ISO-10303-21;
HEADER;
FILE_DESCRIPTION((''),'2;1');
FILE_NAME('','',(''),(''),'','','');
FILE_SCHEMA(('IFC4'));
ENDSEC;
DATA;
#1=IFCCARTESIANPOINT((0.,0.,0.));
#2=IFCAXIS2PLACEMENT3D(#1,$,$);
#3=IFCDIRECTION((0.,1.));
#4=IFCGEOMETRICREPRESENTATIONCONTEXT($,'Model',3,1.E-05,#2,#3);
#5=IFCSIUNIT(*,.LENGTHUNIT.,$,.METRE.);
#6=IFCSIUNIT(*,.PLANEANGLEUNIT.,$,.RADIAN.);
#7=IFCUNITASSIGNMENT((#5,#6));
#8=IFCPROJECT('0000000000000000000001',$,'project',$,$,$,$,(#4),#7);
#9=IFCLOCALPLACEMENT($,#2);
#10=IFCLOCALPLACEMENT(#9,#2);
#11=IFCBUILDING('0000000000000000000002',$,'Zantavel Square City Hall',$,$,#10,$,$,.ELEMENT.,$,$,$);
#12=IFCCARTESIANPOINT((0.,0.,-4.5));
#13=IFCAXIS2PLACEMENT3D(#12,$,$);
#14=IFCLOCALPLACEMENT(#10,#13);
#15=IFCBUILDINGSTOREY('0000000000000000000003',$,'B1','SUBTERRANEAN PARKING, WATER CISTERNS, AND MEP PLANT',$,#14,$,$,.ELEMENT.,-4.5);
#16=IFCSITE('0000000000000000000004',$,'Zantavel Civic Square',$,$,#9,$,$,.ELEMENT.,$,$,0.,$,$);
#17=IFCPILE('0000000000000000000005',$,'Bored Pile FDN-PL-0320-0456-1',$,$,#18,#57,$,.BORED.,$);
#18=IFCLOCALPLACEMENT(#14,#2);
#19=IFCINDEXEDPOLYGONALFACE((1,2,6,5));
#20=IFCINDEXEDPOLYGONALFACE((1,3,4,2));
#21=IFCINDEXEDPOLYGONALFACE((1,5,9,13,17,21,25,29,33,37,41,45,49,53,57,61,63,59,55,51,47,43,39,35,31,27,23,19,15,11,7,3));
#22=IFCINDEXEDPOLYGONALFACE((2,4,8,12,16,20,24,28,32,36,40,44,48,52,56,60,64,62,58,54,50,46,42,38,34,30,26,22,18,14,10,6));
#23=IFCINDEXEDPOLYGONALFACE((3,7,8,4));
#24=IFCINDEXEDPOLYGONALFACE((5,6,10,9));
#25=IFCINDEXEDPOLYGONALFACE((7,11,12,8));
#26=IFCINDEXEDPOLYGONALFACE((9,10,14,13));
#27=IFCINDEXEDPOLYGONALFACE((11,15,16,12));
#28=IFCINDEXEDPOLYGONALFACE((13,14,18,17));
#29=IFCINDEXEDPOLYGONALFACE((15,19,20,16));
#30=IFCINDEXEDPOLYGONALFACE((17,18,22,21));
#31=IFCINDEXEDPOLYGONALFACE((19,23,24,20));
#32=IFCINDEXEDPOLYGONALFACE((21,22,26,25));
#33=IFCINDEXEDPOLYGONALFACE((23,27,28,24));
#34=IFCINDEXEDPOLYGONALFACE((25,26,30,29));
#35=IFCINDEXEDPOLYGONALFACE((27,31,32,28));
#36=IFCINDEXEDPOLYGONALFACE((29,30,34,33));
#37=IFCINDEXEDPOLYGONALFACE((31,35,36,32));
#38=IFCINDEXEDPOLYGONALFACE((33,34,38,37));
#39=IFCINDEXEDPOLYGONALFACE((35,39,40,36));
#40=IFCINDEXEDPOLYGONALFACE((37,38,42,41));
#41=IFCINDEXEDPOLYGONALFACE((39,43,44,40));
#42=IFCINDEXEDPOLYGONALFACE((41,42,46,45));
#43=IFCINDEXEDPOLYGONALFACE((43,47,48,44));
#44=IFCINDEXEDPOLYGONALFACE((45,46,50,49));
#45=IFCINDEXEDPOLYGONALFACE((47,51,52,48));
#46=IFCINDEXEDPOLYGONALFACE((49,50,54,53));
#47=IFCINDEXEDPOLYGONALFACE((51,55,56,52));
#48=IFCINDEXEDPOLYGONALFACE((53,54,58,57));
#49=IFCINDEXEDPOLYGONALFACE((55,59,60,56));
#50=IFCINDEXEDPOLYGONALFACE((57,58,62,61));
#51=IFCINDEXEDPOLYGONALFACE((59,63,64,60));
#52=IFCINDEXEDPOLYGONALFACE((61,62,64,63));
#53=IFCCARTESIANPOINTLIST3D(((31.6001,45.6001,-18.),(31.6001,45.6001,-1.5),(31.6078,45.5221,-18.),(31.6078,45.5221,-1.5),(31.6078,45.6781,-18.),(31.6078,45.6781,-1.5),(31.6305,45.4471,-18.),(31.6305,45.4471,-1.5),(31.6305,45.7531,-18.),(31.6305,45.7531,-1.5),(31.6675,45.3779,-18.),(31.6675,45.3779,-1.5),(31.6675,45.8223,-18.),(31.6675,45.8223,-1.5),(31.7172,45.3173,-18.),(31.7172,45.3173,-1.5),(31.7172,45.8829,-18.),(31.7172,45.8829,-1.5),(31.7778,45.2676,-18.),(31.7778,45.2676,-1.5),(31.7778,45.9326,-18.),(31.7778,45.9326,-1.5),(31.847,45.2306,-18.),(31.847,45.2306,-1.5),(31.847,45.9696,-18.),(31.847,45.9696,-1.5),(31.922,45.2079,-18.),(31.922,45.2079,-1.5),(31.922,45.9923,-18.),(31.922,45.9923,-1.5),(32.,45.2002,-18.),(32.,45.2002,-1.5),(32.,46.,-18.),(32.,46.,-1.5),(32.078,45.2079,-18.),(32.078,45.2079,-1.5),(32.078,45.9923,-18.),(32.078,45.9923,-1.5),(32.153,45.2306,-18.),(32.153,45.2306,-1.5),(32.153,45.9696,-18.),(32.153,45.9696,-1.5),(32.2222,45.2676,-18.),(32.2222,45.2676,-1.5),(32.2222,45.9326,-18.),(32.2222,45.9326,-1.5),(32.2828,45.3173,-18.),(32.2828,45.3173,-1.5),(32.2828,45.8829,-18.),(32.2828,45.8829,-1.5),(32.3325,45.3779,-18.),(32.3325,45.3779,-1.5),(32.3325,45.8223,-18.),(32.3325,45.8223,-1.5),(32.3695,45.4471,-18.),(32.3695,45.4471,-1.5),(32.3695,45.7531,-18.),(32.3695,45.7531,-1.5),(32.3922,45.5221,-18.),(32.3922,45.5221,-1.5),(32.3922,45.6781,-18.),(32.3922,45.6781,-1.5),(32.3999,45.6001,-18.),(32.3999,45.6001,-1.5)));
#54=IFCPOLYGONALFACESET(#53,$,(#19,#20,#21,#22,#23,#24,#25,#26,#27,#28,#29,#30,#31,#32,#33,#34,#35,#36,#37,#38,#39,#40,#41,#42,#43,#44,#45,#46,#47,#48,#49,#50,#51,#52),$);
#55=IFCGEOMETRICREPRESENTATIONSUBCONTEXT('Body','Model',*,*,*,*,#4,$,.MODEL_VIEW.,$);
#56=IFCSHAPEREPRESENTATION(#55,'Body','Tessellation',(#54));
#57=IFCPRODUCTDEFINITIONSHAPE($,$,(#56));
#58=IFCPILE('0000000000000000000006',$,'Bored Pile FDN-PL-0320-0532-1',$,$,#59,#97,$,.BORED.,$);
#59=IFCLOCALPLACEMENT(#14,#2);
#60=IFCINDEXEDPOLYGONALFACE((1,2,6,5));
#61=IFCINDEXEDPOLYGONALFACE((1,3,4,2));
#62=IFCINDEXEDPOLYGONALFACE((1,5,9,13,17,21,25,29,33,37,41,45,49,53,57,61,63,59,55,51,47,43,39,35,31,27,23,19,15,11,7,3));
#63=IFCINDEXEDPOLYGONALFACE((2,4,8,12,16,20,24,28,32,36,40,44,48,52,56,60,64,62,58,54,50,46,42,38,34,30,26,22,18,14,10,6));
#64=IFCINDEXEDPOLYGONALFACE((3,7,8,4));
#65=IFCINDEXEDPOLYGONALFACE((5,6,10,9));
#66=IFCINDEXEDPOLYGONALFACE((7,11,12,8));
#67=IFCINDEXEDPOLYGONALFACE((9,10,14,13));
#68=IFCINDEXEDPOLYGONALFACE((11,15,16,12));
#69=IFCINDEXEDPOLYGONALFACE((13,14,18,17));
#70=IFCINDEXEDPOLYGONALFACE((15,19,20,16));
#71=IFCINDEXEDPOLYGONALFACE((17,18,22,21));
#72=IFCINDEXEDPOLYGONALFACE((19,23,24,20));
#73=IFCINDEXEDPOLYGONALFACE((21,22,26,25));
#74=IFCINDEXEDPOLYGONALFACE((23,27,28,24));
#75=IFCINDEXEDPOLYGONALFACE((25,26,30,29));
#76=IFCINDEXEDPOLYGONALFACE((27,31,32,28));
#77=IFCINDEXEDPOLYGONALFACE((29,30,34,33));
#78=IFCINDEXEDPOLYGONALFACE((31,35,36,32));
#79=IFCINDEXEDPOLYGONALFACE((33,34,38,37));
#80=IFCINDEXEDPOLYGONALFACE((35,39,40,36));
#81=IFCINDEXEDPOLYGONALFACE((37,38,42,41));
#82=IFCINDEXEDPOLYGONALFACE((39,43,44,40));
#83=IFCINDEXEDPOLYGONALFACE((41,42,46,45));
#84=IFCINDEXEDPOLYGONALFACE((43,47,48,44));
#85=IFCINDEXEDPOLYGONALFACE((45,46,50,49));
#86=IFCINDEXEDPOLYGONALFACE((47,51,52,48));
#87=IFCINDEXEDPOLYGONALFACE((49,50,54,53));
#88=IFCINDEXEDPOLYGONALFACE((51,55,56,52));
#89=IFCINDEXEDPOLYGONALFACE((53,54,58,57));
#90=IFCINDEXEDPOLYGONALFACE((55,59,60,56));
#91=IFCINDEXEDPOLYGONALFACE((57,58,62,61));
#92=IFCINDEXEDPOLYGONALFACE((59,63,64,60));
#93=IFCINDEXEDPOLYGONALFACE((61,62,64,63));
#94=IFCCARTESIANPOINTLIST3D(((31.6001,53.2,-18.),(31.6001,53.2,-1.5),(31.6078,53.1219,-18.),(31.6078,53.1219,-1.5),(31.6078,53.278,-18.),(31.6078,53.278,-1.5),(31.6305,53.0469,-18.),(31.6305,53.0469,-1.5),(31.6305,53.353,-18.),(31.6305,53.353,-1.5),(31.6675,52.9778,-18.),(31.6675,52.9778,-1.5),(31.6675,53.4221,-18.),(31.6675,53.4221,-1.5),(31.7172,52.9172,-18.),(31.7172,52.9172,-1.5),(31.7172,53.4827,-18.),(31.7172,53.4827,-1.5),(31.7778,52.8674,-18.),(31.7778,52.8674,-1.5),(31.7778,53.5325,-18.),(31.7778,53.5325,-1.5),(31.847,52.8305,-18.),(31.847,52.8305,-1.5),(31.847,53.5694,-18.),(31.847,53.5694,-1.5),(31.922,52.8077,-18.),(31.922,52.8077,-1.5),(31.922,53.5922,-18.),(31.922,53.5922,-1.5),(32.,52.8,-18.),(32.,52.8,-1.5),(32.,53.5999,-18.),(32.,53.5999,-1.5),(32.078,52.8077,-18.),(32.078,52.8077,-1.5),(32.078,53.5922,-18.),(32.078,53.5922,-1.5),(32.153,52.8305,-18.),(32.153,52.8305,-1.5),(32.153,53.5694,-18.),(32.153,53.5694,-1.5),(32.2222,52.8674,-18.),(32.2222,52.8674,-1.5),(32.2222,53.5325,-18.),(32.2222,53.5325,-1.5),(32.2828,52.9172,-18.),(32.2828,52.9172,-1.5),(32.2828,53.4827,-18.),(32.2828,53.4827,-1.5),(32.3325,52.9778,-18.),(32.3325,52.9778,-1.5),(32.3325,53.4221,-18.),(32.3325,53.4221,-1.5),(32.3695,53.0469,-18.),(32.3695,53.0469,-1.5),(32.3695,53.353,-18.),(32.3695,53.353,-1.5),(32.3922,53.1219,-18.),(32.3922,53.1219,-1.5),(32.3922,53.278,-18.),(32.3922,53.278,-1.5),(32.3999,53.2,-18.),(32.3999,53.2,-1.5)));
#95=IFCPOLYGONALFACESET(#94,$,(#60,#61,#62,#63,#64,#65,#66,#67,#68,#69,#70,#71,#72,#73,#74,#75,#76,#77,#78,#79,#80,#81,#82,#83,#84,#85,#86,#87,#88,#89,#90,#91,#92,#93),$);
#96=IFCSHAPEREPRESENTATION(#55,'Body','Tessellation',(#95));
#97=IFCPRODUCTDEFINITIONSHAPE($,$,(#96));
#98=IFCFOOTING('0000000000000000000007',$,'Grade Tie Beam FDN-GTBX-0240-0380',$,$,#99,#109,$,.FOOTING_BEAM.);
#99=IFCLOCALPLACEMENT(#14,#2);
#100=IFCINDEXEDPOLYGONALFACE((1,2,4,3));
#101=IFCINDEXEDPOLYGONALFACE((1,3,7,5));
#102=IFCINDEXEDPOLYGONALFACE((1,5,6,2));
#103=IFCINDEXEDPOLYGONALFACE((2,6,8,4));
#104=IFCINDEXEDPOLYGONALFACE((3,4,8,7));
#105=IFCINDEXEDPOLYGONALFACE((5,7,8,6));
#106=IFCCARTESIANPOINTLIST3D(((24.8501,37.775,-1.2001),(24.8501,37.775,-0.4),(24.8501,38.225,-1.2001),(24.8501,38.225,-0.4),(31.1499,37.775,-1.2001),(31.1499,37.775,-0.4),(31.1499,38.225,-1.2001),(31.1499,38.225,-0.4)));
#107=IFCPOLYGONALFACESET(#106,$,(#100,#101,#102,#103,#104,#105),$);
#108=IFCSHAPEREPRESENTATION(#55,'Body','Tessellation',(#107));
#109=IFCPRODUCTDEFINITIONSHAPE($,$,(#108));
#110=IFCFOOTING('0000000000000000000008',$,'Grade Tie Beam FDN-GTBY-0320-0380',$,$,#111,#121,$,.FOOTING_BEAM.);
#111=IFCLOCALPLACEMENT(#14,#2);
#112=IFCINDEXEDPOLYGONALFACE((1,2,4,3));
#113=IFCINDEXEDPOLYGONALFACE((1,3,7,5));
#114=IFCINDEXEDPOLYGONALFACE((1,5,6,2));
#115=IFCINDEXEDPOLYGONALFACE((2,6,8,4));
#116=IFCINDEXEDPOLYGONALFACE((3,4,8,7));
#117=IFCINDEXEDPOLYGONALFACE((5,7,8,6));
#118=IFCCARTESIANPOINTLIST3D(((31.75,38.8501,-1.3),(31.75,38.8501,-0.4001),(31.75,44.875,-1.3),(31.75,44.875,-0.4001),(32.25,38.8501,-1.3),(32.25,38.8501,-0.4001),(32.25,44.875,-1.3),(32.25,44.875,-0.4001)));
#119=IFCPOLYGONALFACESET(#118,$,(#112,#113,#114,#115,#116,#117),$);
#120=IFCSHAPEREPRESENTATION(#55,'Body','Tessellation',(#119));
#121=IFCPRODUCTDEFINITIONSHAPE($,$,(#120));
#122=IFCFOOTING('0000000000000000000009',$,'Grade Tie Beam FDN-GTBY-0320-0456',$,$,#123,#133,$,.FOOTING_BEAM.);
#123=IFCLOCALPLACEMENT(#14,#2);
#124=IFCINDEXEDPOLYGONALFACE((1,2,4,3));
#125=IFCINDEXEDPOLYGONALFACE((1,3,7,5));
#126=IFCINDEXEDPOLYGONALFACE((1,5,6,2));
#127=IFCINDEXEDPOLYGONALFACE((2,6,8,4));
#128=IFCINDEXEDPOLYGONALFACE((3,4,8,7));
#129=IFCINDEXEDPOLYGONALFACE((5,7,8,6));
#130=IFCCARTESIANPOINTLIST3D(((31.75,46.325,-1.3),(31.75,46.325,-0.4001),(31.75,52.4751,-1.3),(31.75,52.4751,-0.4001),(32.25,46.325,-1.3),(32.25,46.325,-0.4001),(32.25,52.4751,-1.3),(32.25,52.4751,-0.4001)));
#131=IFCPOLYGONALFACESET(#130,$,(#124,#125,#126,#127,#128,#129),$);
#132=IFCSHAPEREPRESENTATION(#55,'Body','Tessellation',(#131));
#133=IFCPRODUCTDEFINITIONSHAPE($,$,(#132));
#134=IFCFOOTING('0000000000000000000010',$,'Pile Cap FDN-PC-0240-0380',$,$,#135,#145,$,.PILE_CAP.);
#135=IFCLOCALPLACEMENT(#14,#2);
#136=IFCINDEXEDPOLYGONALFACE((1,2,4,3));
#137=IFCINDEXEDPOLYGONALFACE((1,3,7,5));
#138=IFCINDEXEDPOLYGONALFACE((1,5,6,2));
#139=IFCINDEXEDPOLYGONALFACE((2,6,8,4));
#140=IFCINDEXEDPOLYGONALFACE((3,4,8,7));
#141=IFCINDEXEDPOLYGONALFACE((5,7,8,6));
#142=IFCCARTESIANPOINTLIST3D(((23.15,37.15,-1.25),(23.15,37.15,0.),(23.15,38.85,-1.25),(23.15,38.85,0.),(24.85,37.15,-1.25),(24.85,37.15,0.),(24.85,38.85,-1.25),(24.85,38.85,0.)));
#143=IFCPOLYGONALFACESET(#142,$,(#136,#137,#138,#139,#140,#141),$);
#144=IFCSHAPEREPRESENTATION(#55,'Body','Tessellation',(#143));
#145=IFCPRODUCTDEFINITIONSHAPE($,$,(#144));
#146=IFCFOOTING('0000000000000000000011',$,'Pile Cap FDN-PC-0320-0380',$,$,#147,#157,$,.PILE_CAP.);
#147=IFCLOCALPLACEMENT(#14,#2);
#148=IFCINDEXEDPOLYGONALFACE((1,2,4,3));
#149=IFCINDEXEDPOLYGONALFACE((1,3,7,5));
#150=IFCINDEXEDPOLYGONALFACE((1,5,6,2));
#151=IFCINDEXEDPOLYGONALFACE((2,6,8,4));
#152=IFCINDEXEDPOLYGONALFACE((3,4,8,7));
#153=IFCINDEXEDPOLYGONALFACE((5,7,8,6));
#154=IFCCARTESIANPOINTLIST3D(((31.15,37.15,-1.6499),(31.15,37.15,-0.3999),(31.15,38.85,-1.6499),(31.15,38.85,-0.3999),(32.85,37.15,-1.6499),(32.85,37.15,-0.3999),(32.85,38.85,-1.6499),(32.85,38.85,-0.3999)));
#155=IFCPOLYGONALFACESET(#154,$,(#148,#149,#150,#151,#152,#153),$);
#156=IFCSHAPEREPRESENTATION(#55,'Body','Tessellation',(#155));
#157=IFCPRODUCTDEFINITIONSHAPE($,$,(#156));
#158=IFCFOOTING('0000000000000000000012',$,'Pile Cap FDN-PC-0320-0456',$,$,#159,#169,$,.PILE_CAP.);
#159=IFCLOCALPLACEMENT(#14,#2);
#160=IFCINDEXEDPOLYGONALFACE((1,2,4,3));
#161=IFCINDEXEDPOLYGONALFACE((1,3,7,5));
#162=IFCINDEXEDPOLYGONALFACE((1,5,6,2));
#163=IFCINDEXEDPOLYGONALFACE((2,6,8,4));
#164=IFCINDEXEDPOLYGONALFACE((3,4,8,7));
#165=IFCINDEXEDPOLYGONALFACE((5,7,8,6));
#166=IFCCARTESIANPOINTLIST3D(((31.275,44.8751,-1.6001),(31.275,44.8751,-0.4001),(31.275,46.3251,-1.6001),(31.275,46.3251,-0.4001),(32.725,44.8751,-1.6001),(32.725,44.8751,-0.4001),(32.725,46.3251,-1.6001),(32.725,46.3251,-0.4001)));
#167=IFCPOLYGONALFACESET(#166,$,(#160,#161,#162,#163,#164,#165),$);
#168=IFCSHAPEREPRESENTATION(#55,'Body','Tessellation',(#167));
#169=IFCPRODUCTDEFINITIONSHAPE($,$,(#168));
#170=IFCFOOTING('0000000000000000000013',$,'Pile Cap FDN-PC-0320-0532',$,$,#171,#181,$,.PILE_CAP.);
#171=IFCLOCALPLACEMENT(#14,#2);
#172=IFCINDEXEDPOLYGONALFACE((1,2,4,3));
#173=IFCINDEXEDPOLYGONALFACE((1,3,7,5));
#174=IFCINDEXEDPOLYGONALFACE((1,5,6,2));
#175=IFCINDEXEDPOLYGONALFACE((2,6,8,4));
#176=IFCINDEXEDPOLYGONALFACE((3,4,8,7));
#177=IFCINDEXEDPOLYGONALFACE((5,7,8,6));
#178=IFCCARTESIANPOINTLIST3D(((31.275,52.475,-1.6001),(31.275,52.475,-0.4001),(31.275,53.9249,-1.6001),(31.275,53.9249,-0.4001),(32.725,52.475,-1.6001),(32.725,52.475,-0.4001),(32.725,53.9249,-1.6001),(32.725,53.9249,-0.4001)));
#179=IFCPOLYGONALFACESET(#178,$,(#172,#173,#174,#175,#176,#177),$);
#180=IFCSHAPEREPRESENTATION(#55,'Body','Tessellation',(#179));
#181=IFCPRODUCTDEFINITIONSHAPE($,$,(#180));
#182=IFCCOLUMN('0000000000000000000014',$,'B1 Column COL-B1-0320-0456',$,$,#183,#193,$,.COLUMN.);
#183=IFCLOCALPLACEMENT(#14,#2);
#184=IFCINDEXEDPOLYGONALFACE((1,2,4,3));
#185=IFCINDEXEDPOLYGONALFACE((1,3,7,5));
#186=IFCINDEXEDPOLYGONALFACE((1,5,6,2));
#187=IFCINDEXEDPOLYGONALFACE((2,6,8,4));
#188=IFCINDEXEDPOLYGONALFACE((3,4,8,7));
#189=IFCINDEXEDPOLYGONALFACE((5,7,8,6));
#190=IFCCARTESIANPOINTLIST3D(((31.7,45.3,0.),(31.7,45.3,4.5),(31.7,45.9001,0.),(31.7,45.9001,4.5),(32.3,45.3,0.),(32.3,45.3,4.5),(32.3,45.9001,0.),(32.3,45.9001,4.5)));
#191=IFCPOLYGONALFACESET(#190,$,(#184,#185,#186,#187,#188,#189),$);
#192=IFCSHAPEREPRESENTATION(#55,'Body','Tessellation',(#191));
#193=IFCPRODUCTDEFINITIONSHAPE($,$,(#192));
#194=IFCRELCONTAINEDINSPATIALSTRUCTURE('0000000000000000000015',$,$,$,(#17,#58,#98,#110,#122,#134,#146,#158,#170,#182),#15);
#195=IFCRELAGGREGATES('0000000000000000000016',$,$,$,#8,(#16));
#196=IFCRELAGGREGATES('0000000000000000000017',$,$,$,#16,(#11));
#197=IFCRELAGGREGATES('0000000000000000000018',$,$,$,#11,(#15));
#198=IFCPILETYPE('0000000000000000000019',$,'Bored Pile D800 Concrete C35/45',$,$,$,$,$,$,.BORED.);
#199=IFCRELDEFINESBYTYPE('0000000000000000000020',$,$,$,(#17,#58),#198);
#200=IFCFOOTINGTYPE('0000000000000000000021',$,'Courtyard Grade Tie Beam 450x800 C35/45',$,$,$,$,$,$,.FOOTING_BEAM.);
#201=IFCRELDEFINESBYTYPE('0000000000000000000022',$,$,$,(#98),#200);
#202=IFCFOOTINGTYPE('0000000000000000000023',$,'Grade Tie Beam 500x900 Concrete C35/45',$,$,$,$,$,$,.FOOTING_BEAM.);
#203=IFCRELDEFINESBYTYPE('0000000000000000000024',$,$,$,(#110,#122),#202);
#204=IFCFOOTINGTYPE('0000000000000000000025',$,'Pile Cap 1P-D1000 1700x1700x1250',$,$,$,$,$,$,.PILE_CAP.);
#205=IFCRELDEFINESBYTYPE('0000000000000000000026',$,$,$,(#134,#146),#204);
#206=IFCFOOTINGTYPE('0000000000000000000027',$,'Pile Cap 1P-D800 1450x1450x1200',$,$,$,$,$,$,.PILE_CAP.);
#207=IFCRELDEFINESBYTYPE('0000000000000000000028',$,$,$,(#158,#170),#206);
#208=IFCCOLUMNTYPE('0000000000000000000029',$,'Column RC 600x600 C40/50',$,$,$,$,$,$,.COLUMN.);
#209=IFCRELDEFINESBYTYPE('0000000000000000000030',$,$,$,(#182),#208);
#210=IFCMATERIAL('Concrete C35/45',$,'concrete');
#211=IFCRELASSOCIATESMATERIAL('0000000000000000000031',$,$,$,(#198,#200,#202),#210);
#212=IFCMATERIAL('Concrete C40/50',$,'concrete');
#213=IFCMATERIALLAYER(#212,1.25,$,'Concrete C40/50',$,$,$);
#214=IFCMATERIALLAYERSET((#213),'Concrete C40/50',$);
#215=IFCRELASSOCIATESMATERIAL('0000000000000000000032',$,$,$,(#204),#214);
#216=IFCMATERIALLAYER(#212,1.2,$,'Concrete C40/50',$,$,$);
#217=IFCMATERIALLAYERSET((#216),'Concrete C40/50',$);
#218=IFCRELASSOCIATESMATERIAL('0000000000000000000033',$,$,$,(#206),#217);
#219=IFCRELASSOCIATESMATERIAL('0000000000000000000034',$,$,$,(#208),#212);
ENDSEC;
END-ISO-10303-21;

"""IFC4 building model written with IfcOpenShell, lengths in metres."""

from ifc_helpers import new_model, si_unit, direction, frame, origin, origin_2d, place, context, subcontext, project, spatial, rectangle, circle, extrude, material, layer, layer_set, material_profile, profile_set, type_object, element, save


model = new_model("IFC4")

# Units and contexts
model_context = context("Model", 3, precision=1e-05, world=origin(), true_north=direction((0.0, 1.0)))
body_context = subcontext(model_context, "Body", "Model", "MODEL_VIEW")
ifc_project = project(units=[si_unit("LENGTHUNIT", "METRE"), si_unit("PLANEANGLEUNIT", "RADIAN")], contexts=[model_context])

# Site, building, storey
site_placement = place(None, origin())
site = spatial("IfcSite", under=ifc_project, at=site_placement, Name="Zantavel Civic Square", CompositionType="ELEMENT", RefElevation=0.0)
building_placement = place(site_placement, origin())
building = spatial("IfcBuilding", under=site, at=building_placement, Name="Zantavel Square City Hall", CompositionType="ELEMENT")
storey_placement = place(building_placement, frame((0.0, 0.0, -4.5)))
storey = spatial("IfcBuildingStorey", under=building, at=storey_placement, Name="B1", Description="SUBTERRANEAN PARKING, WATER CISTERNS, AND MEP PLANT", CompositionType="ELEMENT", Elevation=-4.5)

# Piles
ifc_material_1 = material(Name="Concrete C35/45", Category="concrete")
ifc_material_profile_1 = material_profile(ifc_material_1, circle(Radius=0.3999, at=origin_2d()), Name="PILE D800")
ifc_profile_set_1 = profile_set([ifc_material_profile_1], Name="Concrete C35/45")
pile_type_1 = type_object("IfcPileType", Name="Bored Pile D800 Concrete C35/45", PredefinedType="BORED", material=ifc_profile_set_1)
for number, where, z_axis, x_axis, name in (
    (1, (32.0, 45.6001, -1.5), (0.0, 0.0, -1.0), (1.0, 0.0, 0.0), "Bored Pile FDN-PL-0320-0456-1"),
    (2, (32.0, 53.2, -1.5), (0.0, 0.0, -1.0), (1.0, 0.0, 0.0), "Bored Pile FDN-PL-0320-0532-1"),
):
    element("IfcPile", number, at=place(storey_placement, frame(where, z_axis=z_axis, x_axis=x_axis)), inside=storey, type_object=pile_type_1, Name=name, PredefinedType="BORED", context=body_context, shape_type="SweptSolid", body=[
        extrude(circle(Radius=0.3999, at=origin_2d()), origin(), (0.0, 0.0, 1.0), 16.5),
    ])

# Footings
ifc_material_profile_2 = material_profile(ifc_material_1, rectangle(XDim=0.45, YDim=0.8, at=origin_2d()), Name="RC 450x800")
ifc_profile_set_2 = profile_set([ifc_material_profile_2], Name="Concrete C35/45")
footing_type_1 = type_object("IfcFootingType", Name="Courtyard Grade Tie Beam 450x800 C35/45", PredefinedType="FOOTING_BEAM", material=ifc_profile_set_2)
footing_1_placement = place(storey_placement, frame((24.8501, 38.0, -0.8), z_axis=(1.0, 0.0, 0.0), x_axis=(0.0, 1.0, 0.0)))
element("IfcFooting", 3, at=footing_1_placement, inside=storey, type_object=footing_type_1, Name="Grade Tie Beam FDN-GTBX-0240-0380", PredefinedType="FOOTING_BEAM", context=body_context, shape_type="SweptSolid", body=[
    extrude(rectangle(XDim=0.45, YDim=0.8, at=origin_2d()), origin(), (0.0, 0.0, 1.0), 6.2998),
])
ifc_material_profile_3 = material_profile(ifc_material_1, rectangle(XDim=0.5, YDim=0.8999, at=origin_2d()), Name="RC 500x900")
ifc_profile_set_3 = profile_set([ifc_material_profile_3], Name="Concrete C35/45")
footing_type_2 = type_object("IfcFootingType", Name="Grade Tie Beam 500x900 Concrete C35/45", PredefinedType="FOOTING_BEAM", material=ifc_profile_set_3)
footing_2_placement = place(storey_placement, frame((32.0, 38.8501, -0.8501), z_axis=(0.0, 1.0, 0.0), x_axis=(-1.0, 0.0, 0.0)))
element("IfcFooting", 4, at=footing_2_placement, inside=storey, type_object=footing_type_2, Name="Grade Tie Beam FDN-GTBY-0320-0380", PredefinedType="FOOTING_BEAM", context=body_context, shape_type="SweptSolid", body=[
    extrude(rectangle(XDim=0.5, YDim=0.8999, at=origin_2d()), origin(), (0.0, 0.0, 1.0), 6.0249),
])
footing_3_placement = place(storey_placement, frame((32.0, 46.325, -0.8501), z_axis=(0.0, 1.0, 0.0), x_axis=(-1.0, 0.0, 0.0)))
element("IfcFooting", 5, at=footing_3_placement, inside=storey, type_object=footing_type_2, Name="Grade Tie Beam FDN-GTBY-0320-0456", PredefinedType="FOOTING_BEAM", context=body_context, shape_type="SweptSolid", body=[
    extrude(rectangle(XDim=0.5, YDim=0.8999, at=origin_2d()), origin(), (0.0, 0.0, 1.0), 6.1501),
])
ifc_material_2 = material(Name="Concrete C40/50", Category="concrete")
ifc_layer_1 = layer(ifc_material_2, 1.25, Name="Concrete C40/50")
ifc_layer_set_1 = layer_set([ifc_layer_1], Name="Concrete C40/50")
footing_type_3 = type_object("IfcFootingType", Name="Pile Cap 1P-D1000 1700x1700x1250", PredefinedType="PILE_CAP", material=ifc_layer_set_1)
for number, where, z_axis, x_axis, name in (
    (6, (24.0, 38.0, -1.25), (0.0, 0.0, 1.0), (1.0, 0.0, 0.0), "Pile Cap FDN-PC-0240-0380"),
    (7, (32.0, 38.0, -1.6499), (0.0, 0.0, 1.0), (1.0, 0.0, 0.0), "Pile Cap FDN-PC-0320-0380"),
):
    element("IfcFooting", number, at=place(storey_placement, frame(where, z_axis=z_axis, x_axis=x_axis)), inside=storey, type_object=footing_type_3, Name=name, PredefinedType="PILE_CAP", context=body_context, shape_type="SweptSolid", body=[
        extrude(rectangle(XDim=1.7, YDim=1.7, at=origin_2d()), origin(), (0.0, 0.0, 1.0), 1.25),
    ])
ifc_layer_2 = layer(ifc_material_2, 1.2, Name="Concrete C40/50")
ifc_layer_set_2 = layer_set([ifc_layer_2], Name="Concrete C40/50")
footing_type_4 = type_object("IfcFootingType", Name="Pile Cap 1P-D800 1450x1450x1200", PredefinedType="PILE_CAP", material=ifc_layer_set_2)
for number, where, z_axis, x_axis, name in (
    (8, (32.0, 45.6001, -1.6001), (0.0, 0.0, 1.0), (1.0, 0.0, 0.0), "Pile Cap FDN-PC-0320-0456"),
    (9, (32.0, 53.2, -1.6001), (0.0, 0.0, 1.0), (1.0, 0.0, 0.0), "Pile Cap FDN-PC-0320-0532"),
):
    element("IfcFooting", number, at=place(storey_placement, frame(where, z_axis=z_axis, x_axis=x_axis)), inside=storey, type_object=footing_type_4, Name=name, PredefinedType="PILE_CAP", context=body_context, shape_type="SweptSolid", body=[
        extrude(rectangle(XDim=1.45, YDim=1.45, at=origin_2d()), origin(), (0.0, 0.0, 1.0), 1.2),
    ])

# Column
ifc_material_profile_4 = material_profile(ifc_material_2, rectangle(XDim=0.6001, YDim=0.6001, at=origin_2d()), Name="RC 600x600")
ifc_profile_set_4 = profile_set([ifc_material_profile_4], Name="Concrete C40/50")
column_type_1 = type_object("IfcColumnType", Name="Column RC 600x600 C40/50", PredefinedType="COLUMN", material=ifc_profile_set_4)
for number, where, z_axis, x_axis, name in (
    (10, (32.0, 45.6001, 0.0), (0.0, 0.0, 1.0), (1.0, 0.0, 0.0), "B1 Column COL-B1-0320-0456"),
):
    element("IfcColumn", number, at=place(storey_placement, frame(where, z_axis=z_axis, x_axis=x_axis)), inside=storey, type_object=column_type_1, Name=name, PredefinedType="COLUMN", context=body_context, shape_type="SweptSolid", body=[
        extrude(rectangle(XDim=0.6001, YDim=0.6001, at=origin_2d()), origin(), (0.0, 0.0, 1.0), 4.5),
    ])

save(model, "model.ifc")
